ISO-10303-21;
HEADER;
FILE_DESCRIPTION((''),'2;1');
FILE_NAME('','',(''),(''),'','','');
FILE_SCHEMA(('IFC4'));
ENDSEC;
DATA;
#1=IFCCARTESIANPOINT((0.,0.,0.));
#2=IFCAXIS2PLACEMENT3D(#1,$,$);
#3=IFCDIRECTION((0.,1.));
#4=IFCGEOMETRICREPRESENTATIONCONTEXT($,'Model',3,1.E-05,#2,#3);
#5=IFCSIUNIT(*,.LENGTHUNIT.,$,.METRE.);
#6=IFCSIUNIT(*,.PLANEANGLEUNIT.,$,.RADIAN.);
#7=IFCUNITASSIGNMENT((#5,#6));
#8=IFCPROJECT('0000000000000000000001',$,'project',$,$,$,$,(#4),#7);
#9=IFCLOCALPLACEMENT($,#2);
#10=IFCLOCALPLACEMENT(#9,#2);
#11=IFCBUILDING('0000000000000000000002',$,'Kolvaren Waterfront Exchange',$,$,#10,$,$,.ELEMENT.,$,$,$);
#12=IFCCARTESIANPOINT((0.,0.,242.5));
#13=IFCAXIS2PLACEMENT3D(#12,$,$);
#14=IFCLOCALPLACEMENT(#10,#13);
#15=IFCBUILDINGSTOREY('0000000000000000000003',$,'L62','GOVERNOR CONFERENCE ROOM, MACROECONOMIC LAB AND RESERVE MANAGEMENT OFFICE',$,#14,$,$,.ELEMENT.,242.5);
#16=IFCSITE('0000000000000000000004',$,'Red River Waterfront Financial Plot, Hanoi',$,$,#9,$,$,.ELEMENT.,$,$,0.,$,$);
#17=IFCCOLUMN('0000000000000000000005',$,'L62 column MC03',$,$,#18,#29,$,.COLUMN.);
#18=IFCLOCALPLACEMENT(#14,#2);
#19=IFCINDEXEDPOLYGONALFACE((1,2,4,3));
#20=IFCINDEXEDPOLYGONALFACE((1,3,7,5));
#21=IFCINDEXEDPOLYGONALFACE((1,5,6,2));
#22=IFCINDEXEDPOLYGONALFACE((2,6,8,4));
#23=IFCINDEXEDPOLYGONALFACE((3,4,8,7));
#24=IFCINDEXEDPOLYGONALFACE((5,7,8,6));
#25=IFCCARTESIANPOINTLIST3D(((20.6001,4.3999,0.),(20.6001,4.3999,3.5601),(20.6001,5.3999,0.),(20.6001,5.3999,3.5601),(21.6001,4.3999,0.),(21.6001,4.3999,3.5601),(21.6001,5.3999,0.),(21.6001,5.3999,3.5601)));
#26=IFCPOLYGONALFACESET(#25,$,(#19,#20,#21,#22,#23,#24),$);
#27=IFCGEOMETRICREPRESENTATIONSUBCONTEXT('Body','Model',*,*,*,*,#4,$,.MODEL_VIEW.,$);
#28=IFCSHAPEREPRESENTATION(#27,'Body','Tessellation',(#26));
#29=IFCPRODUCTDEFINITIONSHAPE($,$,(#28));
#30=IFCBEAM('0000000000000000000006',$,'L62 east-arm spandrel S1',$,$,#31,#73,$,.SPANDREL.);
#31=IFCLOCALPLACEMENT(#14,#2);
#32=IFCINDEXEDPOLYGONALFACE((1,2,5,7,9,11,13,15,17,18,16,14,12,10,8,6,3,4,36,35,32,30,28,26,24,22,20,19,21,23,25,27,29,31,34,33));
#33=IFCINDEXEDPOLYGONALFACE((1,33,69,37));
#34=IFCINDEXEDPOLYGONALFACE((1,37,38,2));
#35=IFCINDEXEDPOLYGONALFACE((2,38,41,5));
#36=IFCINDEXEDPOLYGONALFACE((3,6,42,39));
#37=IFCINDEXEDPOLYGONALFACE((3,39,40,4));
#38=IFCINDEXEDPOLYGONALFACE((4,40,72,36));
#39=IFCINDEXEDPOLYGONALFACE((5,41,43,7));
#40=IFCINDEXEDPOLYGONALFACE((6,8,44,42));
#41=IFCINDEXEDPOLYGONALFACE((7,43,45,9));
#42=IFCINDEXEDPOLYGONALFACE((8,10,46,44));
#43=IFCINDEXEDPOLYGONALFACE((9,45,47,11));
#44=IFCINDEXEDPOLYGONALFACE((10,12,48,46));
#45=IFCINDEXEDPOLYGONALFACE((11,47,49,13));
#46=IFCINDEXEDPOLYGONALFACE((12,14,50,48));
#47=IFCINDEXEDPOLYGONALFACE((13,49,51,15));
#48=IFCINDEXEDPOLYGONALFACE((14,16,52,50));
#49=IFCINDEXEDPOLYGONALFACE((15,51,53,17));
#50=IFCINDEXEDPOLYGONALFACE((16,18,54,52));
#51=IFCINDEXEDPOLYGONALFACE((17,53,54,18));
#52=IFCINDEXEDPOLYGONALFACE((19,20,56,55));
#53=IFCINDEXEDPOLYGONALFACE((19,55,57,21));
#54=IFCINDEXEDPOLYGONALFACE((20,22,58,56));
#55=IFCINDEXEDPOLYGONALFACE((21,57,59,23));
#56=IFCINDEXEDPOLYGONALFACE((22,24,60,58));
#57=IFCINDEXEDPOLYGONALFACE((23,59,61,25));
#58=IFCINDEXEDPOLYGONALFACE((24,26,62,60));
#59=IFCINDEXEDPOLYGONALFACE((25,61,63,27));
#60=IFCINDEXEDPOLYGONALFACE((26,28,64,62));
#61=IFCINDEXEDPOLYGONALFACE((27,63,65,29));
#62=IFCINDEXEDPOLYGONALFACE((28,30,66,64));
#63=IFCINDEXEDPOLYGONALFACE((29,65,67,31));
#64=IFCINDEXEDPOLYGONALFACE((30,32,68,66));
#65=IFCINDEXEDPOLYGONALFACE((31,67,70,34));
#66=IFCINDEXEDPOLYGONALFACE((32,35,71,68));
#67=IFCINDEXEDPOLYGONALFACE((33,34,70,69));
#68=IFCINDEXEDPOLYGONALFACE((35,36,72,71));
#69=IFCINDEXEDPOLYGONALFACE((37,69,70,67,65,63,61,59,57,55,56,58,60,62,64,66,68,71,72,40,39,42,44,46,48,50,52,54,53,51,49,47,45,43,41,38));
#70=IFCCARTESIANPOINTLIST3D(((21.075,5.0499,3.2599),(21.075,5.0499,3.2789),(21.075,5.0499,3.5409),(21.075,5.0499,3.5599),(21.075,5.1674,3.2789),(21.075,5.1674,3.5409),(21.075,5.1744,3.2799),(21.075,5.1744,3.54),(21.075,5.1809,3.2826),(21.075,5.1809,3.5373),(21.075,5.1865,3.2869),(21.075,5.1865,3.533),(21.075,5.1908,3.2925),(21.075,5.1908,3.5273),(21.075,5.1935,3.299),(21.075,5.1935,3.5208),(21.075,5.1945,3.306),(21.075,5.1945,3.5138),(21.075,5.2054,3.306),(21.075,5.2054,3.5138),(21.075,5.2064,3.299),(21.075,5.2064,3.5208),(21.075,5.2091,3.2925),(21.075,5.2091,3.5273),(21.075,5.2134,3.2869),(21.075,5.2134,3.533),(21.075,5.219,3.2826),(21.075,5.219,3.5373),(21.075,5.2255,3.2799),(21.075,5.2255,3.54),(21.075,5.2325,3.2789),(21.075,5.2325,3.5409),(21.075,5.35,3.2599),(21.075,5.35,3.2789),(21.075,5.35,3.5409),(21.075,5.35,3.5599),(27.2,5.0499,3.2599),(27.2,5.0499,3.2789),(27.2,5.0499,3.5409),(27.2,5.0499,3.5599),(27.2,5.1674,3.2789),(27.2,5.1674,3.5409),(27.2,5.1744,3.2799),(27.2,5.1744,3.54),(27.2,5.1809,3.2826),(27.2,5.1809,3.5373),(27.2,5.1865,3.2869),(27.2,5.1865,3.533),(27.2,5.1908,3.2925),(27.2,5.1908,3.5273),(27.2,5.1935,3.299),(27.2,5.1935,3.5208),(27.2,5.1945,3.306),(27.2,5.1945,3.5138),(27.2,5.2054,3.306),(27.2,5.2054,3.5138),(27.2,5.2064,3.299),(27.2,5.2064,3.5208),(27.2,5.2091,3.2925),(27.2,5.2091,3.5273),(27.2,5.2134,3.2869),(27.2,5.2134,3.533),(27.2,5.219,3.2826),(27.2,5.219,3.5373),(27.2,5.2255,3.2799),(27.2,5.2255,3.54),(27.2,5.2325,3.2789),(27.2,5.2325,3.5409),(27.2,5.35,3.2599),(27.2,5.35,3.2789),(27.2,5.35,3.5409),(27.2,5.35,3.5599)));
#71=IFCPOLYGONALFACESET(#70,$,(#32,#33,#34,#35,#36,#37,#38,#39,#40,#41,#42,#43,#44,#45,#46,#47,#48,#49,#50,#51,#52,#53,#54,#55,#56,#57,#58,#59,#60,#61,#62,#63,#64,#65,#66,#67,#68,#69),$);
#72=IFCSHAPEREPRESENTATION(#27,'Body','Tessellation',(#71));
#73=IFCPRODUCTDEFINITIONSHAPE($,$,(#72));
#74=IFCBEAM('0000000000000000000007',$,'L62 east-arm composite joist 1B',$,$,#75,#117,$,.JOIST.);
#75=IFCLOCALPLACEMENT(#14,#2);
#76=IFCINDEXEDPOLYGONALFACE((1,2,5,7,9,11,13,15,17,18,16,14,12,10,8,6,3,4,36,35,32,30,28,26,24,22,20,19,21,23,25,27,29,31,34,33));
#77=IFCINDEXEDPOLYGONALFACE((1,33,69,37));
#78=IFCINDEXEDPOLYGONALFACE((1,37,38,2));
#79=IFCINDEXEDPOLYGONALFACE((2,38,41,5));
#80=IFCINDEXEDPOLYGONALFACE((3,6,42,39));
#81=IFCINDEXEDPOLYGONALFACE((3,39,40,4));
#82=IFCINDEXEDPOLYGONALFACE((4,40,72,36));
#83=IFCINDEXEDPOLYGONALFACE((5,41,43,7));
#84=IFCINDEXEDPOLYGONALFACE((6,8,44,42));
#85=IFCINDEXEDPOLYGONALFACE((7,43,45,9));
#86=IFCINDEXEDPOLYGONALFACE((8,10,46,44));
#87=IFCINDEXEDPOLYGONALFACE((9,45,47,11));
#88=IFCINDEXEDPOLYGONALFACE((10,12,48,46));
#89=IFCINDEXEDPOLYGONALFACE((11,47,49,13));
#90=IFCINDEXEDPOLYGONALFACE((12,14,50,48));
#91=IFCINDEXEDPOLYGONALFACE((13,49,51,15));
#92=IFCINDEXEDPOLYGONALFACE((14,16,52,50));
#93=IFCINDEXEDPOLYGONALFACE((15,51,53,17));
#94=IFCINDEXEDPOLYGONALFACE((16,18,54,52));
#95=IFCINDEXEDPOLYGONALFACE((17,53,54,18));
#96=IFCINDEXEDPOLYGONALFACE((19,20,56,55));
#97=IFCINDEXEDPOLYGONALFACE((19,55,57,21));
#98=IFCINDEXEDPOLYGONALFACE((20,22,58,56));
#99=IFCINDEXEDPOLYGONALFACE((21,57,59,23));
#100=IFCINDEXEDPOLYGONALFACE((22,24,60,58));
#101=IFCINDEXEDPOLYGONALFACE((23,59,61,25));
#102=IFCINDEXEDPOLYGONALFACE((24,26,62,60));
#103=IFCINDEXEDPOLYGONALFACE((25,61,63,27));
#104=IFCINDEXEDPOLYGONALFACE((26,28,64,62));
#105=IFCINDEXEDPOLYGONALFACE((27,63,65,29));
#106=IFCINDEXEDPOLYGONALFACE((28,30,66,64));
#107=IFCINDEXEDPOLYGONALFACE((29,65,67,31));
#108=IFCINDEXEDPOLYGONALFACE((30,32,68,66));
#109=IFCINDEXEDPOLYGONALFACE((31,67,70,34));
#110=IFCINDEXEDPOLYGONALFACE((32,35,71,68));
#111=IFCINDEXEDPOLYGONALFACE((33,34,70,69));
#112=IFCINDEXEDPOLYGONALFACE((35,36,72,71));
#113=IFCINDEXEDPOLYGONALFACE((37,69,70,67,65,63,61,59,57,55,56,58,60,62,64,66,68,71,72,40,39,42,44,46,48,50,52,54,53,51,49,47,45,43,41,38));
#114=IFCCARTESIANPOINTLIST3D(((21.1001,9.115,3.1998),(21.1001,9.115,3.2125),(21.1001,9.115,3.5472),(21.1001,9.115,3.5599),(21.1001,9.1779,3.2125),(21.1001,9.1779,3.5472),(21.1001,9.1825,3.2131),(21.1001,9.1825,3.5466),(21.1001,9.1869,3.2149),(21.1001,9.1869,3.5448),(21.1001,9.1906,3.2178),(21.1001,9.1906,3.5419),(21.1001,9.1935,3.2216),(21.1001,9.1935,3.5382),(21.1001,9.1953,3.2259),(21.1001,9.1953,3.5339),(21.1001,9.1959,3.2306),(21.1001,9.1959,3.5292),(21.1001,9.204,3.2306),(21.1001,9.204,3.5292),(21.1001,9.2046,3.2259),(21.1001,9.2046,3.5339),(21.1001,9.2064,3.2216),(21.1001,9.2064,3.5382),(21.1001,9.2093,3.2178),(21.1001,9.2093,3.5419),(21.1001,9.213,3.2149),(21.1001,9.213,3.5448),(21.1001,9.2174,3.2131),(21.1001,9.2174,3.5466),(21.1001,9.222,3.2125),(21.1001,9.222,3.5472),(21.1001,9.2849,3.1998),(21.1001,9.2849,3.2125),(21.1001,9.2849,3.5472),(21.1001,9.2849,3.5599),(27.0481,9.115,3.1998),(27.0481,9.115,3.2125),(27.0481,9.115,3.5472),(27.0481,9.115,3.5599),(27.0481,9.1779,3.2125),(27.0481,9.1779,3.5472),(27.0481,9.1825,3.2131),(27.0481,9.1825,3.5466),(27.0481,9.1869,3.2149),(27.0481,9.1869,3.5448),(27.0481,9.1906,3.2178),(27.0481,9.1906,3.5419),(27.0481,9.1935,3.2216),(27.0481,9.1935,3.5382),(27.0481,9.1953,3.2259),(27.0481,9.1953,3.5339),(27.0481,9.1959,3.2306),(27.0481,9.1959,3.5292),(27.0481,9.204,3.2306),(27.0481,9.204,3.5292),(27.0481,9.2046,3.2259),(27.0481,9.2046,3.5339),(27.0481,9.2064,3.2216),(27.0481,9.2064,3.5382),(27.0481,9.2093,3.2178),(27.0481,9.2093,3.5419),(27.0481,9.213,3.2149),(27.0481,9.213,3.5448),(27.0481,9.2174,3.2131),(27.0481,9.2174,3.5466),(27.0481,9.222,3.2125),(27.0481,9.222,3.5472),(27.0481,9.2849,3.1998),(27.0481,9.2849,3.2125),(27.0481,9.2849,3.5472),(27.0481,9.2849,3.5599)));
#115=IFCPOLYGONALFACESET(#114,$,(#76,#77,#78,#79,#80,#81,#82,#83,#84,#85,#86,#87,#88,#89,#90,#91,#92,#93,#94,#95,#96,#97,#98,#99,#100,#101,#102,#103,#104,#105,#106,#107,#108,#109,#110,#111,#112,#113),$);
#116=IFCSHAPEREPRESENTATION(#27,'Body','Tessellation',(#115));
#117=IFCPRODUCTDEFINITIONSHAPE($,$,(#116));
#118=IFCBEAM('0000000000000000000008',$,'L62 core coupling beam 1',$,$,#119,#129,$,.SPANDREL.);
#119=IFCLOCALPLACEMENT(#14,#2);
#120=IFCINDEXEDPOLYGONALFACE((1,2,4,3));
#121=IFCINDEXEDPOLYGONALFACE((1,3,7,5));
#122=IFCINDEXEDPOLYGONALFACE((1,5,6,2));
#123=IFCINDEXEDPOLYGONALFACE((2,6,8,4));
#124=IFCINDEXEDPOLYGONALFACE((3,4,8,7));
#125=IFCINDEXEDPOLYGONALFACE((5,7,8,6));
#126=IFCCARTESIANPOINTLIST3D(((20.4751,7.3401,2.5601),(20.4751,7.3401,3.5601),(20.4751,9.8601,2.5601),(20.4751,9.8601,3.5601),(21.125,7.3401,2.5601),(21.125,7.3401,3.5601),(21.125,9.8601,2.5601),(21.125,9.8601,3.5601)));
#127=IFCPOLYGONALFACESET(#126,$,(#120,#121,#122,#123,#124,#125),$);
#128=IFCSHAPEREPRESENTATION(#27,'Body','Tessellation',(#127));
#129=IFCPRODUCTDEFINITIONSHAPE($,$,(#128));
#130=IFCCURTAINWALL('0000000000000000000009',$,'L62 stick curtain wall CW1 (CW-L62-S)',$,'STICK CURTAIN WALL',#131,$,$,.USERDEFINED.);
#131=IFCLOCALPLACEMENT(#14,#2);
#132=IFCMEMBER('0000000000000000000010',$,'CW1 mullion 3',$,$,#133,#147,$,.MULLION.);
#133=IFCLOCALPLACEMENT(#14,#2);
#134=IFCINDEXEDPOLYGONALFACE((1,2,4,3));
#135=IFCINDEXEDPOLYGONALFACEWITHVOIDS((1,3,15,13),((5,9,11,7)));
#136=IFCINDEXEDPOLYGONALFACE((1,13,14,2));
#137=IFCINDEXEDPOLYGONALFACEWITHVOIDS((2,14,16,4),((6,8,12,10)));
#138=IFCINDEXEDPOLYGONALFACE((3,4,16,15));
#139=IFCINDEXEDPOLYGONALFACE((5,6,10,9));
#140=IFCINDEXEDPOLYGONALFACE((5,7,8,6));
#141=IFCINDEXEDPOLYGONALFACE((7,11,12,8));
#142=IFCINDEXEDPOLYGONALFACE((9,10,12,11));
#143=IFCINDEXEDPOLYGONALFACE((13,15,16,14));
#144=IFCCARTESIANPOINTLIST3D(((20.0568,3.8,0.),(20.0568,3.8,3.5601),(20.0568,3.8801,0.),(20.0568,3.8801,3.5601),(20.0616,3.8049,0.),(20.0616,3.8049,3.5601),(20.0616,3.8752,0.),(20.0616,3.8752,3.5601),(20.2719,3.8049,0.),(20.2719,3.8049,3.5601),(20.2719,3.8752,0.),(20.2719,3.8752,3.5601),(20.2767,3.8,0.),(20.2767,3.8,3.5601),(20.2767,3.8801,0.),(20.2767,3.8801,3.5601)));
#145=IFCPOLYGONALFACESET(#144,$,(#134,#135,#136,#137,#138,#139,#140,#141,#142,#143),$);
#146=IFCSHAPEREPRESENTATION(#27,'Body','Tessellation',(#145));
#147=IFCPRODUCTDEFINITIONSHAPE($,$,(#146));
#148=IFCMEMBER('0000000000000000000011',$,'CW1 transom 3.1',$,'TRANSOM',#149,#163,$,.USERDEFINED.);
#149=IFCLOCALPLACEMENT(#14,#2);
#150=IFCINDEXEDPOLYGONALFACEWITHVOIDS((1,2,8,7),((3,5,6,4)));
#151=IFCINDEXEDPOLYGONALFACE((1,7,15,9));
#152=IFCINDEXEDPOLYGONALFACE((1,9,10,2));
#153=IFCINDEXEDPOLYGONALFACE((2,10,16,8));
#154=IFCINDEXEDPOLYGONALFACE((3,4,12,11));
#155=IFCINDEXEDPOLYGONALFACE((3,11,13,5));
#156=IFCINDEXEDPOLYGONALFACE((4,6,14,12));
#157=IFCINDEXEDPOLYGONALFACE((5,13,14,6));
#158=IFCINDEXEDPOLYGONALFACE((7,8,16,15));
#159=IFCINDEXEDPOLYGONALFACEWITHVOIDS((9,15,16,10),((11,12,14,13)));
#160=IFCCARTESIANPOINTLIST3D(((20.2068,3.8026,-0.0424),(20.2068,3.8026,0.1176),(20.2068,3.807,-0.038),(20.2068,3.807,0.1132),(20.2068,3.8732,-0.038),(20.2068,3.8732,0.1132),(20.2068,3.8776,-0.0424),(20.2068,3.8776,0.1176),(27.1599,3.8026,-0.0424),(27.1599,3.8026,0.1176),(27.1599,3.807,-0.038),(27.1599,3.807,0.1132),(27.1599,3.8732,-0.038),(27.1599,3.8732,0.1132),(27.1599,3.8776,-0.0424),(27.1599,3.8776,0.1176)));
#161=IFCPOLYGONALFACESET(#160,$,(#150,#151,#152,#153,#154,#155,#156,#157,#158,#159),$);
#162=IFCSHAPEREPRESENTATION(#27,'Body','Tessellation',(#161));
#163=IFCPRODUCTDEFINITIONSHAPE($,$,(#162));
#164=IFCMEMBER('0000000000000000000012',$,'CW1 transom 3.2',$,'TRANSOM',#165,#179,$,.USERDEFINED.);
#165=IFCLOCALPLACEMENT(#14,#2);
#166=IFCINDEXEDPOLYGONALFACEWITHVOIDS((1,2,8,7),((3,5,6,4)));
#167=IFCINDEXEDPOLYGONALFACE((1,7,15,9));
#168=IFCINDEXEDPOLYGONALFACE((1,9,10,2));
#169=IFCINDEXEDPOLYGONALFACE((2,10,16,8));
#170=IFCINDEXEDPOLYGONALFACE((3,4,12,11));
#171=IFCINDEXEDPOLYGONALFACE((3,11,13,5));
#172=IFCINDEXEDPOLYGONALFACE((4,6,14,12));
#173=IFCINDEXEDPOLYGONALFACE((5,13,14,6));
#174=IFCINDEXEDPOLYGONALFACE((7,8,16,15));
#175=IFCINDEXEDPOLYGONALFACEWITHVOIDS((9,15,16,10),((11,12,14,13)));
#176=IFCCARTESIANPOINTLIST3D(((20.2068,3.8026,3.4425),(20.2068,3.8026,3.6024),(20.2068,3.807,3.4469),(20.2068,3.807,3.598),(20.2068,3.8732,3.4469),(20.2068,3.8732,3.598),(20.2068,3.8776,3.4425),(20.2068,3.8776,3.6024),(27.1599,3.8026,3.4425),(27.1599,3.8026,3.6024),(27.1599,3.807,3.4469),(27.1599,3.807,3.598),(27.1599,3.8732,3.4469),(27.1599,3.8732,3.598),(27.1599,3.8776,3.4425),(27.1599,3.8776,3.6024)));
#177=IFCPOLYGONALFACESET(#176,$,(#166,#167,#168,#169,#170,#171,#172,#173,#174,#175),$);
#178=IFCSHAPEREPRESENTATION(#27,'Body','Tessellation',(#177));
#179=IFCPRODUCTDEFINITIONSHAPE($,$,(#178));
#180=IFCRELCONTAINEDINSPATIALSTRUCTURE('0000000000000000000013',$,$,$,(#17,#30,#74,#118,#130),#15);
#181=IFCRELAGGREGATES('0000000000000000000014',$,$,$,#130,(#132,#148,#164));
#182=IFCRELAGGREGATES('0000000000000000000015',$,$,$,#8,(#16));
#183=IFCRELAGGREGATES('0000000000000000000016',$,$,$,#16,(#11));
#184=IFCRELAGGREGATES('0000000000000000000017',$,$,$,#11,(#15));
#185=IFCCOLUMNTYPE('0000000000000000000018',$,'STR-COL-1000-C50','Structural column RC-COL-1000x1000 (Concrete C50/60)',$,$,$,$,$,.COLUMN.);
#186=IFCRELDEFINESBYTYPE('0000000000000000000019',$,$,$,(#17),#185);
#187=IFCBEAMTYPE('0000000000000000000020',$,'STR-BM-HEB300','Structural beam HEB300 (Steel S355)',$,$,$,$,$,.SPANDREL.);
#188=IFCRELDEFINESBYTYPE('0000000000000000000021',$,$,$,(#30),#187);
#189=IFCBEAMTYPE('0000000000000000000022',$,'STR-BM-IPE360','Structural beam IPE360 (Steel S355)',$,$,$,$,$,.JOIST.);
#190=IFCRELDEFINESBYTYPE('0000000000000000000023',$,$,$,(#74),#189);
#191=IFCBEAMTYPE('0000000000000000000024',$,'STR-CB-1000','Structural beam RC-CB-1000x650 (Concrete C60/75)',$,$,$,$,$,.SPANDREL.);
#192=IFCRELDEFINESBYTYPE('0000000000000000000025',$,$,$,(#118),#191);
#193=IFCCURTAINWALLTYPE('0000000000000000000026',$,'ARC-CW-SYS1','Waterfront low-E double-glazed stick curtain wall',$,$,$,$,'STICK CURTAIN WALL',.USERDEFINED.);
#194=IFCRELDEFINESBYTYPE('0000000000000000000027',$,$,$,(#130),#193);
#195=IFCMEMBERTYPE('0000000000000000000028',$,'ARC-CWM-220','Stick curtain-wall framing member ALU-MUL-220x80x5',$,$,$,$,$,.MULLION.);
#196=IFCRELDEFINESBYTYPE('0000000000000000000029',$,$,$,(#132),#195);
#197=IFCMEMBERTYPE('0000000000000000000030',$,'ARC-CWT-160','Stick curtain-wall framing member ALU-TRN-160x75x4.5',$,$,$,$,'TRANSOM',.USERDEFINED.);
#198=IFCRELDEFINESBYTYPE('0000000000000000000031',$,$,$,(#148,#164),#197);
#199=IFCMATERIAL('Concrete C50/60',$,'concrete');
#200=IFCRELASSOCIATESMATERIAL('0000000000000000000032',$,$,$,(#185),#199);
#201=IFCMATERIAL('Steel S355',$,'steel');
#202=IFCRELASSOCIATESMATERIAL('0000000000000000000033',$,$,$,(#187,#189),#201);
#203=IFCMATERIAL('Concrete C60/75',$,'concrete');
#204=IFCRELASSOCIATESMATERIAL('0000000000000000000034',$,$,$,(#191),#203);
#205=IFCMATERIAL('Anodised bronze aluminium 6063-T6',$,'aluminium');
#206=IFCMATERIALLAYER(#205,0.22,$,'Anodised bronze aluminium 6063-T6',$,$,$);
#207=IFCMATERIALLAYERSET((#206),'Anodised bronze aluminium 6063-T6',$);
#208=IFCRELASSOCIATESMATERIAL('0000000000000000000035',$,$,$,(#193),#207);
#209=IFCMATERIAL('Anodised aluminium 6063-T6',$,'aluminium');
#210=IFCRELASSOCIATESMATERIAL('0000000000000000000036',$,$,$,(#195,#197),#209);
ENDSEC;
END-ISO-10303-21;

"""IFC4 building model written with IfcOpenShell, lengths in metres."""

from ifc_helpers import new_model, si_unit, direction, frame, origin, origin_with_axes, origin_2d, place, context, subcontext, project, spatial, rectangle, hollow_rectangle, i_section, extrude, source, transform, mapped, material, layer, layer_set, material_profile, profile_set, type_object, element, aggregate, save


model = new_model("IFC4")

# Units and contexts
model_context = context("Model", 3, precision=1e-05, world=origin(), true_north=direction((0.0, 1.0)))
body_context = subcontext(model_context, "Body", "Model", "MODEL_VIEW")
ifc_project = project(units=[si_unit("LENGTHUNIT", "METRE"), si_unit("PLANEANGLEUNIT", "RADIAN")], contexts=[model_context])

# Site, building, storey
site_placement = place(None, origin())
site = spatial("IfcSite", under=ifc_project, at=site_placement, Name="Red River Waterfront Financial Plot, Hanoi", CompositionType="ELEMENT", RefElevation=0.0)
building_placement = place(site_placement, origin())
building = spatial("IfcBuilding", under=site, at=building_placement, Name="Kolvaren Waterfront Exchange", CompositionType="ELEMENT")
storey_placement = place(building_placement, frame((0.0, 0.0, 242.5)))
storey = spatial("IfcBuildingStorey", under=building, at=storey_placement, Name="L62", Description="GOVERNOR CONFERENCE ROOM, MACROECONOMIC LAB AND RESERVE MANAGEMENT OFFICE", CompositionType="ELEMENT", Elevation=242.5)

# Column
ifc_material_1 = material(Name="Concrete C50/60", Category="concrete")
ifc_material_profile_1 = material_profile(ifc_material_1, rectangle(XDim=1.0, YDim=1.0, at=origin_2d()), Name="RC-COL-1000x1000")
ifc_profile_set_1 = profile_set([ifc_material_profile_1], Name="Concrete C50/60")
column_type = type_object("IfcColumnType", Name="STR-COL-1000-C50", Description="Structural column RC-COL-1000x1000 (Concrete C50/60)", PredefinedType="COLUMN", material=ifc_profile_set_1)
column_placement = place(storey_placement, frame((21.1001, 4.8999, 0.0), z_axis=(0.0, 0.0, 1.0), x_axis=(1.0, 0.0, 0.0)))
element("IfcColumn", 1, at=column_placement, inside=storey, type_object=column_type, Name="L62 column MC03", PredefinedType="COLUMN", context=body_context, shape_type="SweptSolid", body=[
    extrude(rectangle(XDim=1.0, YDim=1.0, at=origin_2d()), origin(), (0.0, 0.0, 1.0), 3.5601),
])

# Beams
ifc_material_2 = material(Name="Steel S355", Category="steel")
ifc_material_profile_2 = material_profile(ifc_material_2, i_section(OverallWidth=0.3, OverallDepth=0.3, WebThickness=0.011, FlangeThickness=0.019, FilletRadius=0.0271, at=origin_2d()), Name="HEB300")
ifc_profile_set_2 = profile_set([ifc_material_profile_2], Name="Steel S355")
beam_type_1 = type_object("IfcBeamType", Name="STR-BM-HEB300", Description="Structural beam HEB300 (Steel S355)", PredefinedType="SPANDREL", material=ifc_profile_set_2)
beam_1_placement = place(storey_placement, frame((21.075, 5.2, 3.4099), z_axis=(1.0, 0.0, 0.0), x_axis=(0.0, 1.0, 0.0)))
element("IfcBeam", 2, at=beam_1_placement, inside=storey, type_object=beam_type_1, Name="L62 east-arm spandrel S1", PredefinedType="SPANDREL", context=body_context, shape_type="SweptSolid", body=[
    extrude(i_section(OverallWidth=0.3, OverallDepth=0.3, WebThickness=0.011, FlangeThickness=0.019, FilletRadius=0.0271, at=origin_2d()), origin(), (0.0, 0.0, 1.0), 6.125),
])
ifc_material_profile_3 = material_profile(ifc_material_2, i_section(OverallWidth=0.1699, OverallDepth=0.3601, WebThickness=0.0081, FlangeThickness=0.0127, FilletRadius=0.0181, at=origin_2d()), Name="IPE360")
ifc_profile_set_3 = profile_set([ifc_material_profile_3], Name="Steel S355")
beam_type_2 = type_object("IfcBeamType", Name="STR-BM-IPE360", Description="Structural beam IPE360 (Steel S355)", PredefinedType="JOIST", material=ifc_profile_set_3)
beam_2_placement = place(storey_placement, frame((21.1001, 9.2, 3.3799), z_axis=(1.0, 0.0, 0.0), x_axis=(0.0, 1.0, 0.0)))
element("IfcBeam", 3, at=beam_2_placement, inside=storey, type_object=beam_type_2, Name="L62 east-arm composite joist 1B", PredefinedType="JOIST", context=body_context, shape_type="SweptSolid", body=[
    extrude(i_section(OverallWidth=0.1699, OverallDepth=0.3601, WebThickness=0.0081, FlangeThickness=0.0127, FilletRadius=0.0181, at=origin_2d()), origin(), (0.0, 0.0, 1.0), 5.948),
])
ifc_material_3 = material(Name="Concrete C60/75", Category="concrete")
ifc_material_profile_4 = material_profile(ifc_material_3, rectangle(XDim=0.6499, YDim=1.0, at=origin_2d()), Name="RC-CB-1000x650")
ifc_profile_set_4 = profile_set([ifc_material_profile_4], Name="Concrete C60/75")
beam_type_3 = type_object("IfcBeamType", Name="STR-CB-1000", Description="Structural beam RC-CB-1000x650 (Concrete C60/75)", PredefinedType="SPANDREL", material=ifc_profile_set_4)
beam_3_placement = place(storey_placement, frame((20.8, 7.3401, 3.0601), z_axis=(0.0, 1.0, 0.0), x_axis=(-1.0, 0.0, 0.0)))
element("IfcBeam", 4, at=beam_3_placement, inside=storey, type_object=beam_type_3, Name="L62 core coupling beam 1", PredefinedType="SPANDREL", context=body_context, shape_type="SweptSolid", body=[
    extrude(rectangle(XDim=0.6499, YDim=1.0, at=origin_2d()), origin(), (0.0, 0.0, 1.0), 2.52),
])

# Curtain wall, members
ifc_material_4 = material(Name="Anodised bronze aluminium 6063-T6", Category="aluminium")
ifc_layer_1 = layer(ifc_material_4, 0.22, Name="Anodised bronze aluminium 6063-T6")
ifc_layer_set_1 = layer_set([ifc_layer_1], Name="Anodised bronze aluminium 6063-T6")
curtain_wall_type = type_object("IfcCurtainWallType", Name="ARC-CW-SYS1", Description="Waterfront low-E double-glazed stick curtain wall", ElementType="STICK CURTAIN WALL", PredefinedType="USERDEFINED", material=ifc_layer_set_1)
curtain_wall_placement = place(storey_placement, origin())
curtain_wall = element("IfcCurtainWall", 5, at=curtain_wall_placement, inside=storey, type_object=curtain_wall_type, Name="L62 stick curtain wall CW1 (CW-L62-S)", ObjectType="STICK CURTAIN WALL", PredefinedType="USERDEFINED")
ifc_material_5 = material(Name="Anodised aluminium 6063-T6", Category="aluminium")
ifc_material_profile_5 = material_profile(ifc_material_5, hollow_rectangle(XDim=0.0801, YDim=0.22, WallThickness=0.0049, at=origin_2d()), Name="ALU-MUL-220x80x5")
ifc_profile_set_5 = profile_set([ifc_material_profile_5], Name="Anodised aluminium 6063-T6")
member_type_1 = type_object("IfcMemberType", Name="ARC-CWM-220", Description="Stick curtain-wall framing member ALU-MUL-220x80x5", PredefinedType="MULLION", material=ifc_profile_set_5)
shared_shape_1 = source(origin_with_axes(), body_context, "Body", "SweptSolid", [
    extrude(hollow_rectangle(XDim=0.0801, YDim=0.22, WallThickness=0.0049, at=origin_2d()), origin(), (0.0, 0.0, 1.0), 3.5601),
])
member_1_placement = place(storey_placement, frame((20.1667, 3.8401, 0.0), z_axis=(0.0, 0.0, 1.0), x_axis=(0.0, 1.0, 0.0)))
member_1 = element("IfcMember", 6, at=member_1_placement, type_object=member_type_1, Name="CW1 mullion 3", PredefinedType="MULLION", context=body_context, shape_type="MappedRepresentation", body=[
    mapped(shared_shape_1, transform((0.0, 0.0, 0.0), x_axis=(1.0, 0.0, 0.0), y_axis=(0.0, 1.0, 0.0), z_axis=(0.0, 0.0, 1.0), scale=1.0)),
])
ifc_material_profile_6 = material_profile(ifc_material_5, hollow_rectangle(XDim=0.075, YDim=0.1599, WallThickness=0.0044, at=origin_2d()), Name="ALU-TRN-160x75x4.5")
ifc_profile_set_6 = profile_set([ifc_material_profile_6], Name="Anodised aluminium 6063-T6")
member_type_2 = type_object("IfcMemberType", Name="ARC-CWT-160", Description="Stick curtain-wall framing member ALU-TRN-160x75x4.5", ElementType="TRANSOM", PredefinedType="USERDEFINED", material=ifc_profile_set_6)
shared_shape_2 = source(origin_with_axes(), body_context, "Body", "SweptSolid", [
    extrude(hollow_rectangle(XDim=0.075, YDim=0.1599, WallThickness=0.0044, at=origin_2d()), origin(), (0.0, 0.0, 1.0), 6.9531),
])
member_2_placement = place(storey_placement, frame((20.2068, 3.8401, 0.0376), z_axis=(1.0, 0.0, 0.0), x_axis=(0.0, 1.0, 0.0)))
member_2 = element("IfcMember", 7, at=member_2_placement, type_object=member_type_2, Name="CW1 transom 3.1", ObjectType="TRANSOM", PredefinedType="USERDEFINED", context=body_context, shape_type="MappedRepresentation", body=[
    mapped(shared_shape_2, transform((0.0, 0.0, 0.0), x_axis=(1.0, 0.0, 0.0), y_axis=(0.0, 1.0, 0.0), z_axis=(0.0, 0.0, 1.0), scale=1.0)),
])
member_3_placement = place(storey_placement, frame((20.2068, 3.8401, 3.5225), z_axis=(1.0, 0.0, 0.0), x_axis=(0.0, 1.0, 0.0)))
member_3 = element("IfcMember", 8, at=member_3_placement, type_object=member_type_2, Name="CW1 transom 3.2", ObjectType="TRANSOM", PredefinedType="USERDEFINED", context=body_context, shape_type="MappedRepresentation", body=[
    mapped(shared_shape_2, transform((0.0, 0.0, 0.0), x_axis=(1.0, 0.0, 0.0), y_axis=(0.0, 1.0, 0.0), z_axis=(0.0, 0.0, 1.0), scale=1.0)),
])
aggregate(curtain_wall, [member_1, member_2, member_3])

save(model, "model.ifc")
